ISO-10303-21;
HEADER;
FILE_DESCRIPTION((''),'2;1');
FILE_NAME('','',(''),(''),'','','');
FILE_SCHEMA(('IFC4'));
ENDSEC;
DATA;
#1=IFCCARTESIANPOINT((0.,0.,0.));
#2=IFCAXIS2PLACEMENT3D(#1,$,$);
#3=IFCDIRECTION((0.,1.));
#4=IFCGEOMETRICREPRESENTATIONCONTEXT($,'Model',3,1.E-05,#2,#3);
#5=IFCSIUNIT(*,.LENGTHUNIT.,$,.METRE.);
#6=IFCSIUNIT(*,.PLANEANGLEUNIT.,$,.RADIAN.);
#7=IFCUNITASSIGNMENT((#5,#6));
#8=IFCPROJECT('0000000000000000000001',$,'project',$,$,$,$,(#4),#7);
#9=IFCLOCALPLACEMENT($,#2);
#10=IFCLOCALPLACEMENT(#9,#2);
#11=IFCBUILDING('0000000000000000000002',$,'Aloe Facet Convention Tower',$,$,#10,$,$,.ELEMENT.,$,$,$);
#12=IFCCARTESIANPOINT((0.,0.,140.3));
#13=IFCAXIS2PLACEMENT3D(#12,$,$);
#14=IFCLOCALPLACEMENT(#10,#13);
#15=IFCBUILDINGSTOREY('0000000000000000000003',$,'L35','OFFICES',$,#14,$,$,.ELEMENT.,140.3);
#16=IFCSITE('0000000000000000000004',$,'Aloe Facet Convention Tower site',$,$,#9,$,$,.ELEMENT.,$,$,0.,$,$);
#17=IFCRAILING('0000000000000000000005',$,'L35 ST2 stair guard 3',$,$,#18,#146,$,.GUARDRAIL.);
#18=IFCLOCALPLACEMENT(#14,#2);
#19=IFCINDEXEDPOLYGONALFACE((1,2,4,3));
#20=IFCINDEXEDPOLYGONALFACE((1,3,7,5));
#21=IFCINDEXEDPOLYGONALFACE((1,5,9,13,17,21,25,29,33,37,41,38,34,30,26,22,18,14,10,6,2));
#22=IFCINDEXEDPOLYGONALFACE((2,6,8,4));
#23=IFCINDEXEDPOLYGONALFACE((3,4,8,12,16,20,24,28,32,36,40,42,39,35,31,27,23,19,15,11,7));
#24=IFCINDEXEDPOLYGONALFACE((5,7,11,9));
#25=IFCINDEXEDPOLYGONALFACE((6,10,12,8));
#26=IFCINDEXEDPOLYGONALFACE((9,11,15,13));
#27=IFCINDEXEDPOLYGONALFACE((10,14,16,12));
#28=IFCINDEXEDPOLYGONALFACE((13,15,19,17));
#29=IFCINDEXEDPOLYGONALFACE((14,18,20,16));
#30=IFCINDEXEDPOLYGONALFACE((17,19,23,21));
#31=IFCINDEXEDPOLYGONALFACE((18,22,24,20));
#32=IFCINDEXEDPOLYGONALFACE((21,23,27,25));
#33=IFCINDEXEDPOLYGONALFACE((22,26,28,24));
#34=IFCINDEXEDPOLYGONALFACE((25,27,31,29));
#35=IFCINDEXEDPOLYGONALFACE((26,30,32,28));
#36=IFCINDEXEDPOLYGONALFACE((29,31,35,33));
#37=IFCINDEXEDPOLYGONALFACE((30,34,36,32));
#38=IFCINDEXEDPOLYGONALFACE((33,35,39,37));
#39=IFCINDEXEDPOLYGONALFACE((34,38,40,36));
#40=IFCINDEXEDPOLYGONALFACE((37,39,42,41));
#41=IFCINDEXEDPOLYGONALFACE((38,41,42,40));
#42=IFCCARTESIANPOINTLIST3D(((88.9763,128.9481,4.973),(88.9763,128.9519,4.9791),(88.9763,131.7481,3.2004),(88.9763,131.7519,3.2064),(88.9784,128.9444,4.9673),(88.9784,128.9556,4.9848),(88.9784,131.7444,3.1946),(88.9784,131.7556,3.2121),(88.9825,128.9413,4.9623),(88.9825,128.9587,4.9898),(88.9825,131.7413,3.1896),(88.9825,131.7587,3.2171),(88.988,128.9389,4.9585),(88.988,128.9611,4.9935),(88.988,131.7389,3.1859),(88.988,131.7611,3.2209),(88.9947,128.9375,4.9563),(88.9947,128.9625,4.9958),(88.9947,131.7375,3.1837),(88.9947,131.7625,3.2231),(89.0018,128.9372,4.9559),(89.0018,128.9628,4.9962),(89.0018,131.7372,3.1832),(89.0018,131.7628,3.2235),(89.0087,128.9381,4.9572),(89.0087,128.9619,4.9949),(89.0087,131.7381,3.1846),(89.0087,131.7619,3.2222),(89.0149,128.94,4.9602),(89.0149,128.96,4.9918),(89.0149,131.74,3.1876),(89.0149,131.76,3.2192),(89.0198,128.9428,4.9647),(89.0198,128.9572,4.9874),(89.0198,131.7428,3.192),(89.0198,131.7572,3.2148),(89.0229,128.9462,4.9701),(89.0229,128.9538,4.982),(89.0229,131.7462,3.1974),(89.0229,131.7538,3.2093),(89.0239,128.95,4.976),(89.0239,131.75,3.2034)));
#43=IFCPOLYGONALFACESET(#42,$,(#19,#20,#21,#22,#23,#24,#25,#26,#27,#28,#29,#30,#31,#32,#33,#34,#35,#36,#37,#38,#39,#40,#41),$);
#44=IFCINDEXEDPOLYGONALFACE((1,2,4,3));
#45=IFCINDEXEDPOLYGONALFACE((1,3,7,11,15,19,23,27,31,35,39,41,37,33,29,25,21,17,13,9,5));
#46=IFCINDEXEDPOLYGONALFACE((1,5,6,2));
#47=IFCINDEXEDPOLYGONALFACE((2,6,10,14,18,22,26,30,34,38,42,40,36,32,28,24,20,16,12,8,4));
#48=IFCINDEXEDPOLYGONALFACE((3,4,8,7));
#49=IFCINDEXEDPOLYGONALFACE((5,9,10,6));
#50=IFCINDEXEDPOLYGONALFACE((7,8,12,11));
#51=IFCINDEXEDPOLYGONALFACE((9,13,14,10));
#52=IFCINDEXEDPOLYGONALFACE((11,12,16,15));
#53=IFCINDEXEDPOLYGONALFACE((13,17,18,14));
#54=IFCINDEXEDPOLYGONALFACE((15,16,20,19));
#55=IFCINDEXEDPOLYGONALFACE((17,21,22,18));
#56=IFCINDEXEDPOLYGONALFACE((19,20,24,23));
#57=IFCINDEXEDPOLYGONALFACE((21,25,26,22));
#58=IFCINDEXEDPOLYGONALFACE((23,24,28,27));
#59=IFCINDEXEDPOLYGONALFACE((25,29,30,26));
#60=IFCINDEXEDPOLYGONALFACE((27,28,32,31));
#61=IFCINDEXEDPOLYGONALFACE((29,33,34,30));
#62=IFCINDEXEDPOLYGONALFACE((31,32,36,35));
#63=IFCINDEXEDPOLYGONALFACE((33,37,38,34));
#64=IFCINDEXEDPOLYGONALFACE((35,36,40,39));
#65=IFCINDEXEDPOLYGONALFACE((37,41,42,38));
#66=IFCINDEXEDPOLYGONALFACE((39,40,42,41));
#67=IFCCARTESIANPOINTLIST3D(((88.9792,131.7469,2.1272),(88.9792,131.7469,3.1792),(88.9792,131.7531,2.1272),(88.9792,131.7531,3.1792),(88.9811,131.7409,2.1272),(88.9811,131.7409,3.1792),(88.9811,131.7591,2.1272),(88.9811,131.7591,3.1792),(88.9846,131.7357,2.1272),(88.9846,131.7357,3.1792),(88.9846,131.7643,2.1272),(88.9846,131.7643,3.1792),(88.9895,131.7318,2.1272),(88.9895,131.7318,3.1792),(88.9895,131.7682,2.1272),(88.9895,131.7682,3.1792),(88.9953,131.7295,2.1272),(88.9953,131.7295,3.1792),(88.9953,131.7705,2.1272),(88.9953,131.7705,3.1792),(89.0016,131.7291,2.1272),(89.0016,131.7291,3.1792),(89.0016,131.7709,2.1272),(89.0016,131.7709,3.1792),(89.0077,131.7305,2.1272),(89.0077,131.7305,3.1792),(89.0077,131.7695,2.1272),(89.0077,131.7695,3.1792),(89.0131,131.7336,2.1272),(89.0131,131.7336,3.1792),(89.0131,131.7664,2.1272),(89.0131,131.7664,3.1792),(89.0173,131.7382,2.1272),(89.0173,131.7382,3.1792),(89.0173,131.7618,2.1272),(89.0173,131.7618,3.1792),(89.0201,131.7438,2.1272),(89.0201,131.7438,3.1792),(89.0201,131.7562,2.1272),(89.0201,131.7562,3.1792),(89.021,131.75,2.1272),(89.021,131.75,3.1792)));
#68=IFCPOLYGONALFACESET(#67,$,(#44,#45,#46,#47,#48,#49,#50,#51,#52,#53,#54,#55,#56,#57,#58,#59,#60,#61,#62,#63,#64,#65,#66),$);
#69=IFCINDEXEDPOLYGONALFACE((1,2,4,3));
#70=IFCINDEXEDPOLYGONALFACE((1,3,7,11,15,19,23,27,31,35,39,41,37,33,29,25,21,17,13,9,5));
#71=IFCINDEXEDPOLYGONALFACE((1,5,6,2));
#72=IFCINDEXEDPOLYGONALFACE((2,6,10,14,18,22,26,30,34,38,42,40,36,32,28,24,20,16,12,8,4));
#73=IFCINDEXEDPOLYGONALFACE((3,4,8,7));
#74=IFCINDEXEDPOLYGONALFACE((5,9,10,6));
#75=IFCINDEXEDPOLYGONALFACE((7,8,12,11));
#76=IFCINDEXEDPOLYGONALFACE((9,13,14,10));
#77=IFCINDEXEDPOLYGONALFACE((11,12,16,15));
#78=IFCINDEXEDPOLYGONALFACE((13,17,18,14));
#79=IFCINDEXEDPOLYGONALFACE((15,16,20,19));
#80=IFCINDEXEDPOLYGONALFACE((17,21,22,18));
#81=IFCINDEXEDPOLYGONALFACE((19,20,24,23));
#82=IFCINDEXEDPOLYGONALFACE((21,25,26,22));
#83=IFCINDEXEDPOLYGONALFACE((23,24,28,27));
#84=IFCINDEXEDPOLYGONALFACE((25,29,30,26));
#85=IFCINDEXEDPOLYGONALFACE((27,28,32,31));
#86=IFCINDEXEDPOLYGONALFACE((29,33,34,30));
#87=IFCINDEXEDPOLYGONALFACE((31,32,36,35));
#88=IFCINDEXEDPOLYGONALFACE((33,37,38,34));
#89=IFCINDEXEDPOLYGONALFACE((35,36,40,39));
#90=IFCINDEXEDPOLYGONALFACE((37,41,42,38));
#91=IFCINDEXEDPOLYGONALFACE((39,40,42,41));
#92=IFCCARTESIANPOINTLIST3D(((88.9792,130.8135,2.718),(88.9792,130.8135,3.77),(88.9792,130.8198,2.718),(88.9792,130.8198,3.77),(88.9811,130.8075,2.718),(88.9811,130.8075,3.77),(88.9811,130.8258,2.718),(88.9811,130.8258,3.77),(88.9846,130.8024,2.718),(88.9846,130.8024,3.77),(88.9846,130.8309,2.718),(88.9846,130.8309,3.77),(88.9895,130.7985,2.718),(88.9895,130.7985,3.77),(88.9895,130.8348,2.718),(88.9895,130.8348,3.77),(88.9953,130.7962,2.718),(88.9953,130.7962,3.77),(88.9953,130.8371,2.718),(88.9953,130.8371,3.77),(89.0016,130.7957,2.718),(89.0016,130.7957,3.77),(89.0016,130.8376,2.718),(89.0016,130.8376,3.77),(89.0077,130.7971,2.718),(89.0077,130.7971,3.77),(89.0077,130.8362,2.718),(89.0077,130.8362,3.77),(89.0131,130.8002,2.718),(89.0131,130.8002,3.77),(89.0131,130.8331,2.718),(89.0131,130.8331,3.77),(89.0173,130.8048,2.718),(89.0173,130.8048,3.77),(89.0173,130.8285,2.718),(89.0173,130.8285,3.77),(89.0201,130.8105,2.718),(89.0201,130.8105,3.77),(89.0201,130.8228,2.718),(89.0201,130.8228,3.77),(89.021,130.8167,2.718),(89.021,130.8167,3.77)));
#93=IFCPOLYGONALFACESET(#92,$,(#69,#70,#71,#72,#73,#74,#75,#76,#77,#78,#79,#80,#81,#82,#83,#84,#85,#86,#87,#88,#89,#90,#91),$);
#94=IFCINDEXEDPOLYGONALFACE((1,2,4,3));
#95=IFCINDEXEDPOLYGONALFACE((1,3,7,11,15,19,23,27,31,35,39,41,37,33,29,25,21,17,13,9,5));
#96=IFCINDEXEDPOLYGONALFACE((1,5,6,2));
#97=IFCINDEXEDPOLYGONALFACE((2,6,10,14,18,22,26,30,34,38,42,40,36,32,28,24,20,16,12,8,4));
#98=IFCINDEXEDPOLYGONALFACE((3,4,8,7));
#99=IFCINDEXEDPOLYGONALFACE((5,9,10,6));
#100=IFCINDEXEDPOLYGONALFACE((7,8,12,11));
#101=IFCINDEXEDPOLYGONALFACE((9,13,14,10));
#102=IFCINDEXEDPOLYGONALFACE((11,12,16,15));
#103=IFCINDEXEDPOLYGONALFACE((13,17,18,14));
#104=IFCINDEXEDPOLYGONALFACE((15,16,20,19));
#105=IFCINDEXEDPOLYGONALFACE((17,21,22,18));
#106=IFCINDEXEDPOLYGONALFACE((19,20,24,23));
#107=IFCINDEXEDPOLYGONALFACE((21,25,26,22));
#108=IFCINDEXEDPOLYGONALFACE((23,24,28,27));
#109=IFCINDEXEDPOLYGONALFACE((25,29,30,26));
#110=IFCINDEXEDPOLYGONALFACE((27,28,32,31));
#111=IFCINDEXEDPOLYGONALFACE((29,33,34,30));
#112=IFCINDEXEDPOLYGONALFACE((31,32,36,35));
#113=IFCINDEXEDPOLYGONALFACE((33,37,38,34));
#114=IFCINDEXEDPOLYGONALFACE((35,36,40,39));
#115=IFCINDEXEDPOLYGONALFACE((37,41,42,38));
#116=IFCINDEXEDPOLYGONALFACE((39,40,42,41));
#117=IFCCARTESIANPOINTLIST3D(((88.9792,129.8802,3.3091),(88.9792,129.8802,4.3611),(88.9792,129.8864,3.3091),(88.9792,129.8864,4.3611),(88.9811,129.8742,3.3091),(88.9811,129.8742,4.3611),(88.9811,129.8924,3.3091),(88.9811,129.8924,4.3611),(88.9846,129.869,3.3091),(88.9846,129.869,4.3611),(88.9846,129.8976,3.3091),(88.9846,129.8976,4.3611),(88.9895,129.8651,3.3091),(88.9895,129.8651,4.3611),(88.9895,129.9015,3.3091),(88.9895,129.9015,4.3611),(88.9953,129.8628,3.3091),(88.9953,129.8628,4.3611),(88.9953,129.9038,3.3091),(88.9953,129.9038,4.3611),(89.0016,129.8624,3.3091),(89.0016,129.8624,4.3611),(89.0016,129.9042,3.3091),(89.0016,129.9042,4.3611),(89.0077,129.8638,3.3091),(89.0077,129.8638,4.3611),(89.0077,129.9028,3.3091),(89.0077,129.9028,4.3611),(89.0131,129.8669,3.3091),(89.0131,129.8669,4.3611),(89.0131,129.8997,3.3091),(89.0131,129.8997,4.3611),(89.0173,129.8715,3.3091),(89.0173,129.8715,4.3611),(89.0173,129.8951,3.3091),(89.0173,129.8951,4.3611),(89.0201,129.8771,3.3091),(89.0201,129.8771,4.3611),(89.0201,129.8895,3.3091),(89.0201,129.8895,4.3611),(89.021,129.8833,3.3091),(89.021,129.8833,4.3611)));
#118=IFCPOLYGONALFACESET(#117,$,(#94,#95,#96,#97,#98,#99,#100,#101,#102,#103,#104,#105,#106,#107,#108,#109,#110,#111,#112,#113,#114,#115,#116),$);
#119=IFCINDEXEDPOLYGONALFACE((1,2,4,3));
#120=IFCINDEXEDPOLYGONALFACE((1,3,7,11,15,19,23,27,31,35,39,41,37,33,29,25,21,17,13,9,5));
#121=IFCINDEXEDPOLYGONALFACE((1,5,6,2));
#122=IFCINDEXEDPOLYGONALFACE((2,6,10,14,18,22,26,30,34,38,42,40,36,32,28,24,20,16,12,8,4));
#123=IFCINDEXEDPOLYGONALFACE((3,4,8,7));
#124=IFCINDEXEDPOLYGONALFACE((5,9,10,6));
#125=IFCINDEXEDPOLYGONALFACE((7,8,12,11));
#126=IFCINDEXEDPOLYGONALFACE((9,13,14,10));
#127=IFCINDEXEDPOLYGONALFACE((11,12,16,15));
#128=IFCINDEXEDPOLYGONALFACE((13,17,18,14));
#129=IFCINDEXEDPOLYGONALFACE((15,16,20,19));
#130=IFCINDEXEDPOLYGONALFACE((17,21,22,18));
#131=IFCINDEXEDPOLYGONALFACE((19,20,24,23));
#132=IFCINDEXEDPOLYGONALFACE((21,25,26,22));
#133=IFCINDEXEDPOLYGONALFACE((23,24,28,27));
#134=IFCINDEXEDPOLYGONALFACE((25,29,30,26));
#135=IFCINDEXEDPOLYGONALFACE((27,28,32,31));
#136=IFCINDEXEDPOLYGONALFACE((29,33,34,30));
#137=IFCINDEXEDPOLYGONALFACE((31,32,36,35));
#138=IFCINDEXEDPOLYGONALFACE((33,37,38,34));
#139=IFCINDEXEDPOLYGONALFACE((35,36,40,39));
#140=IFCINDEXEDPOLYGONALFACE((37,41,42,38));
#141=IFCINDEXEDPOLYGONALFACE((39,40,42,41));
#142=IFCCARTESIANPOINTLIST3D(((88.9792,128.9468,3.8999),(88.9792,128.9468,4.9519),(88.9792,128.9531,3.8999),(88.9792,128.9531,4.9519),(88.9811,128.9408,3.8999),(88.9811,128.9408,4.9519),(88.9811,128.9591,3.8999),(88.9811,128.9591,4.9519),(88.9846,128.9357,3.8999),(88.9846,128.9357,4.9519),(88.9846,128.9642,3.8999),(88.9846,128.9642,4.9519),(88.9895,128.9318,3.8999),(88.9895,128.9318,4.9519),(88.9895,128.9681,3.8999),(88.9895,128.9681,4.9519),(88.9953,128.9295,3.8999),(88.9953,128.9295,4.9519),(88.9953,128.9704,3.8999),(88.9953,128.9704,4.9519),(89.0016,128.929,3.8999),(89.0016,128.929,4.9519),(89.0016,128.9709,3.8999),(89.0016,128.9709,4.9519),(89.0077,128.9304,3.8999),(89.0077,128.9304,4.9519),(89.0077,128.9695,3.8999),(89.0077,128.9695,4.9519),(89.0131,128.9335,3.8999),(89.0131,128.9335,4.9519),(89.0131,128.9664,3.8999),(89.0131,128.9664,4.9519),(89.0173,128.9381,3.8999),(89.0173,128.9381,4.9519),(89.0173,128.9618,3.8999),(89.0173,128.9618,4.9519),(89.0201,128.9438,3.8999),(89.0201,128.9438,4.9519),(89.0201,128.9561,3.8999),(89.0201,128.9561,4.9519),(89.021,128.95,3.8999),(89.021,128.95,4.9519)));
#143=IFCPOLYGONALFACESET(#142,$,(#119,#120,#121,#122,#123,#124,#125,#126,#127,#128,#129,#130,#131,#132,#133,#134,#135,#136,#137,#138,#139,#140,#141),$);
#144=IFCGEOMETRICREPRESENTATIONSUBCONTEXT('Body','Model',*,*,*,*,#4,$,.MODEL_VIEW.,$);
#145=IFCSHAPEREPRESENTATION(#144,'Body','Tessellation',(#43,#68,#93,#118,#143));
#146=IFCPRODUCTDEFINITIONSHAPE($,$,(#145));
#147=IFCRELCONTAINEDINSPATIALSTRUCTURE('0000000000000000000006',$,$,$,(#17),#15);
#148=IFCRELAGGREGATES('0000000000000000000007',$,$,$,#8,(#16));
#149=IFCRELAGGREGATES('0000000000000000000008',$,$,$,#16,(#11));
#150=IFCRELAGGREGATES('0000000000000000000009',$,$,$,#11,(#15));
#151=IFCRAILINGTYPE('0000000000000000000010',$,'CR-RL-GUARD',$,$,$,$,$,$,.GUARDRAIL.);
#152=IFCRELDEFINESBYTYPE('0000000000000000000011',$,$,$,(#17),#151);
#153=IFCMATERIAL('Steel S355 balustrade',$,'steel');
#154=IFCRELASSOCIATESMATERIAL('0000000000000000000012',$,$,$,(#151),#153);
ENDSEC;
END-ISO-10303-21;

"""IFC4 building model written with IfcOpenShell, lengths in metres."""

from ifc_helpers import new_model, si_unit, direction, frame, origin, origin_2d, place, context, subcontext, project, spatial, circle, extrude, material, type_object, element, save


model = new_model("IFC4")

# Units and contexts
model_context = context("Model", 3, precision=1e-05, world=origin(), true_north=direction((0.0, 1.0)))
body_context = subcontext(model_context, "Body", "Model", "MODEL_VIEW")
ifc_project = project(units=[si_unit("LENGTHUNIT", "METRE"), si_unit("PLANEANGLEUNIT", "RADIAN")], contexts=[model_context])

# Site, building, storey
site_placement = place(None, origin())
site = spatial("IfcSite", under=ifc_project, at=site_placement, Name="Aloe Facet Convention Tower site", CompositionType="ELEMENT", RefElevation=0.0)
building_placement = place(site_placement, origin())
building = spatial("IfcBuilding", under=site, at=building_placement, Name="Aloe Facet Convention Tower", CompositionType="ELEMENT")
storey_placement = place(building_placement, frame((0.0, 0.0, 140.3)))
storey = spatial("IfcBuildingStorey", under=building, at=storey_placement, Name="L35", Description="OFFICES", CompositionType="ELEMENT", Elevation=140.3)

# Railing
ifc_material_1 = material(Name="Steel S355 balustrade", Category="steel")
railing_type_1 = type_object("IfcRailingType", Name="CR-RL-GUARD", PredefinedType="GUARDRAIL", material=ifc_material_1)
railing_1_placement = place(storey_placement, frame((89.0, 131.75, 2.1272)))
element("IfcRailing", 1, at=railing_1_placement, inside=storey, type_object=railing_type_1, Name="L35 ST2 stair guard 3", PredefinedType="GUARDRAIL", context=body_context, shape_type="SweptSolid", body=[
    extrude(circle(Radius=0.0239, at=origin_2d()), frame((0.0, 0.0, 1.0762), z_axis=(0.0, -0.844909, 0.53491), x_axis=(1.0, 0.0, 0.0)), (0.0, 0.0, 1.0), 3.314),
    extrude(circle(Radius=0.021, at=origin_2d()), origin(), (0.0, 0.0, 1.0), 1.052),
    extrude(circle(Radius=0.021, at=origin_2d()), frame((0.0, -0.9333, 0.5908)), (0.0, 0.0, 1.0), 1.052),
    extrude(circle(Radius=0.021, at=origin_2d()), frame((0.0, -1.8667, 1.1819)), (0.0, 0.0, 1.0), 1.052),
    extrude(circle(Radius=0.021, at=origin_2d()), frame((0.0, -2.8, 1.7727)), (0.0, 0.0, 1.0), 1.052),
])

save(model, "model.ifc")
